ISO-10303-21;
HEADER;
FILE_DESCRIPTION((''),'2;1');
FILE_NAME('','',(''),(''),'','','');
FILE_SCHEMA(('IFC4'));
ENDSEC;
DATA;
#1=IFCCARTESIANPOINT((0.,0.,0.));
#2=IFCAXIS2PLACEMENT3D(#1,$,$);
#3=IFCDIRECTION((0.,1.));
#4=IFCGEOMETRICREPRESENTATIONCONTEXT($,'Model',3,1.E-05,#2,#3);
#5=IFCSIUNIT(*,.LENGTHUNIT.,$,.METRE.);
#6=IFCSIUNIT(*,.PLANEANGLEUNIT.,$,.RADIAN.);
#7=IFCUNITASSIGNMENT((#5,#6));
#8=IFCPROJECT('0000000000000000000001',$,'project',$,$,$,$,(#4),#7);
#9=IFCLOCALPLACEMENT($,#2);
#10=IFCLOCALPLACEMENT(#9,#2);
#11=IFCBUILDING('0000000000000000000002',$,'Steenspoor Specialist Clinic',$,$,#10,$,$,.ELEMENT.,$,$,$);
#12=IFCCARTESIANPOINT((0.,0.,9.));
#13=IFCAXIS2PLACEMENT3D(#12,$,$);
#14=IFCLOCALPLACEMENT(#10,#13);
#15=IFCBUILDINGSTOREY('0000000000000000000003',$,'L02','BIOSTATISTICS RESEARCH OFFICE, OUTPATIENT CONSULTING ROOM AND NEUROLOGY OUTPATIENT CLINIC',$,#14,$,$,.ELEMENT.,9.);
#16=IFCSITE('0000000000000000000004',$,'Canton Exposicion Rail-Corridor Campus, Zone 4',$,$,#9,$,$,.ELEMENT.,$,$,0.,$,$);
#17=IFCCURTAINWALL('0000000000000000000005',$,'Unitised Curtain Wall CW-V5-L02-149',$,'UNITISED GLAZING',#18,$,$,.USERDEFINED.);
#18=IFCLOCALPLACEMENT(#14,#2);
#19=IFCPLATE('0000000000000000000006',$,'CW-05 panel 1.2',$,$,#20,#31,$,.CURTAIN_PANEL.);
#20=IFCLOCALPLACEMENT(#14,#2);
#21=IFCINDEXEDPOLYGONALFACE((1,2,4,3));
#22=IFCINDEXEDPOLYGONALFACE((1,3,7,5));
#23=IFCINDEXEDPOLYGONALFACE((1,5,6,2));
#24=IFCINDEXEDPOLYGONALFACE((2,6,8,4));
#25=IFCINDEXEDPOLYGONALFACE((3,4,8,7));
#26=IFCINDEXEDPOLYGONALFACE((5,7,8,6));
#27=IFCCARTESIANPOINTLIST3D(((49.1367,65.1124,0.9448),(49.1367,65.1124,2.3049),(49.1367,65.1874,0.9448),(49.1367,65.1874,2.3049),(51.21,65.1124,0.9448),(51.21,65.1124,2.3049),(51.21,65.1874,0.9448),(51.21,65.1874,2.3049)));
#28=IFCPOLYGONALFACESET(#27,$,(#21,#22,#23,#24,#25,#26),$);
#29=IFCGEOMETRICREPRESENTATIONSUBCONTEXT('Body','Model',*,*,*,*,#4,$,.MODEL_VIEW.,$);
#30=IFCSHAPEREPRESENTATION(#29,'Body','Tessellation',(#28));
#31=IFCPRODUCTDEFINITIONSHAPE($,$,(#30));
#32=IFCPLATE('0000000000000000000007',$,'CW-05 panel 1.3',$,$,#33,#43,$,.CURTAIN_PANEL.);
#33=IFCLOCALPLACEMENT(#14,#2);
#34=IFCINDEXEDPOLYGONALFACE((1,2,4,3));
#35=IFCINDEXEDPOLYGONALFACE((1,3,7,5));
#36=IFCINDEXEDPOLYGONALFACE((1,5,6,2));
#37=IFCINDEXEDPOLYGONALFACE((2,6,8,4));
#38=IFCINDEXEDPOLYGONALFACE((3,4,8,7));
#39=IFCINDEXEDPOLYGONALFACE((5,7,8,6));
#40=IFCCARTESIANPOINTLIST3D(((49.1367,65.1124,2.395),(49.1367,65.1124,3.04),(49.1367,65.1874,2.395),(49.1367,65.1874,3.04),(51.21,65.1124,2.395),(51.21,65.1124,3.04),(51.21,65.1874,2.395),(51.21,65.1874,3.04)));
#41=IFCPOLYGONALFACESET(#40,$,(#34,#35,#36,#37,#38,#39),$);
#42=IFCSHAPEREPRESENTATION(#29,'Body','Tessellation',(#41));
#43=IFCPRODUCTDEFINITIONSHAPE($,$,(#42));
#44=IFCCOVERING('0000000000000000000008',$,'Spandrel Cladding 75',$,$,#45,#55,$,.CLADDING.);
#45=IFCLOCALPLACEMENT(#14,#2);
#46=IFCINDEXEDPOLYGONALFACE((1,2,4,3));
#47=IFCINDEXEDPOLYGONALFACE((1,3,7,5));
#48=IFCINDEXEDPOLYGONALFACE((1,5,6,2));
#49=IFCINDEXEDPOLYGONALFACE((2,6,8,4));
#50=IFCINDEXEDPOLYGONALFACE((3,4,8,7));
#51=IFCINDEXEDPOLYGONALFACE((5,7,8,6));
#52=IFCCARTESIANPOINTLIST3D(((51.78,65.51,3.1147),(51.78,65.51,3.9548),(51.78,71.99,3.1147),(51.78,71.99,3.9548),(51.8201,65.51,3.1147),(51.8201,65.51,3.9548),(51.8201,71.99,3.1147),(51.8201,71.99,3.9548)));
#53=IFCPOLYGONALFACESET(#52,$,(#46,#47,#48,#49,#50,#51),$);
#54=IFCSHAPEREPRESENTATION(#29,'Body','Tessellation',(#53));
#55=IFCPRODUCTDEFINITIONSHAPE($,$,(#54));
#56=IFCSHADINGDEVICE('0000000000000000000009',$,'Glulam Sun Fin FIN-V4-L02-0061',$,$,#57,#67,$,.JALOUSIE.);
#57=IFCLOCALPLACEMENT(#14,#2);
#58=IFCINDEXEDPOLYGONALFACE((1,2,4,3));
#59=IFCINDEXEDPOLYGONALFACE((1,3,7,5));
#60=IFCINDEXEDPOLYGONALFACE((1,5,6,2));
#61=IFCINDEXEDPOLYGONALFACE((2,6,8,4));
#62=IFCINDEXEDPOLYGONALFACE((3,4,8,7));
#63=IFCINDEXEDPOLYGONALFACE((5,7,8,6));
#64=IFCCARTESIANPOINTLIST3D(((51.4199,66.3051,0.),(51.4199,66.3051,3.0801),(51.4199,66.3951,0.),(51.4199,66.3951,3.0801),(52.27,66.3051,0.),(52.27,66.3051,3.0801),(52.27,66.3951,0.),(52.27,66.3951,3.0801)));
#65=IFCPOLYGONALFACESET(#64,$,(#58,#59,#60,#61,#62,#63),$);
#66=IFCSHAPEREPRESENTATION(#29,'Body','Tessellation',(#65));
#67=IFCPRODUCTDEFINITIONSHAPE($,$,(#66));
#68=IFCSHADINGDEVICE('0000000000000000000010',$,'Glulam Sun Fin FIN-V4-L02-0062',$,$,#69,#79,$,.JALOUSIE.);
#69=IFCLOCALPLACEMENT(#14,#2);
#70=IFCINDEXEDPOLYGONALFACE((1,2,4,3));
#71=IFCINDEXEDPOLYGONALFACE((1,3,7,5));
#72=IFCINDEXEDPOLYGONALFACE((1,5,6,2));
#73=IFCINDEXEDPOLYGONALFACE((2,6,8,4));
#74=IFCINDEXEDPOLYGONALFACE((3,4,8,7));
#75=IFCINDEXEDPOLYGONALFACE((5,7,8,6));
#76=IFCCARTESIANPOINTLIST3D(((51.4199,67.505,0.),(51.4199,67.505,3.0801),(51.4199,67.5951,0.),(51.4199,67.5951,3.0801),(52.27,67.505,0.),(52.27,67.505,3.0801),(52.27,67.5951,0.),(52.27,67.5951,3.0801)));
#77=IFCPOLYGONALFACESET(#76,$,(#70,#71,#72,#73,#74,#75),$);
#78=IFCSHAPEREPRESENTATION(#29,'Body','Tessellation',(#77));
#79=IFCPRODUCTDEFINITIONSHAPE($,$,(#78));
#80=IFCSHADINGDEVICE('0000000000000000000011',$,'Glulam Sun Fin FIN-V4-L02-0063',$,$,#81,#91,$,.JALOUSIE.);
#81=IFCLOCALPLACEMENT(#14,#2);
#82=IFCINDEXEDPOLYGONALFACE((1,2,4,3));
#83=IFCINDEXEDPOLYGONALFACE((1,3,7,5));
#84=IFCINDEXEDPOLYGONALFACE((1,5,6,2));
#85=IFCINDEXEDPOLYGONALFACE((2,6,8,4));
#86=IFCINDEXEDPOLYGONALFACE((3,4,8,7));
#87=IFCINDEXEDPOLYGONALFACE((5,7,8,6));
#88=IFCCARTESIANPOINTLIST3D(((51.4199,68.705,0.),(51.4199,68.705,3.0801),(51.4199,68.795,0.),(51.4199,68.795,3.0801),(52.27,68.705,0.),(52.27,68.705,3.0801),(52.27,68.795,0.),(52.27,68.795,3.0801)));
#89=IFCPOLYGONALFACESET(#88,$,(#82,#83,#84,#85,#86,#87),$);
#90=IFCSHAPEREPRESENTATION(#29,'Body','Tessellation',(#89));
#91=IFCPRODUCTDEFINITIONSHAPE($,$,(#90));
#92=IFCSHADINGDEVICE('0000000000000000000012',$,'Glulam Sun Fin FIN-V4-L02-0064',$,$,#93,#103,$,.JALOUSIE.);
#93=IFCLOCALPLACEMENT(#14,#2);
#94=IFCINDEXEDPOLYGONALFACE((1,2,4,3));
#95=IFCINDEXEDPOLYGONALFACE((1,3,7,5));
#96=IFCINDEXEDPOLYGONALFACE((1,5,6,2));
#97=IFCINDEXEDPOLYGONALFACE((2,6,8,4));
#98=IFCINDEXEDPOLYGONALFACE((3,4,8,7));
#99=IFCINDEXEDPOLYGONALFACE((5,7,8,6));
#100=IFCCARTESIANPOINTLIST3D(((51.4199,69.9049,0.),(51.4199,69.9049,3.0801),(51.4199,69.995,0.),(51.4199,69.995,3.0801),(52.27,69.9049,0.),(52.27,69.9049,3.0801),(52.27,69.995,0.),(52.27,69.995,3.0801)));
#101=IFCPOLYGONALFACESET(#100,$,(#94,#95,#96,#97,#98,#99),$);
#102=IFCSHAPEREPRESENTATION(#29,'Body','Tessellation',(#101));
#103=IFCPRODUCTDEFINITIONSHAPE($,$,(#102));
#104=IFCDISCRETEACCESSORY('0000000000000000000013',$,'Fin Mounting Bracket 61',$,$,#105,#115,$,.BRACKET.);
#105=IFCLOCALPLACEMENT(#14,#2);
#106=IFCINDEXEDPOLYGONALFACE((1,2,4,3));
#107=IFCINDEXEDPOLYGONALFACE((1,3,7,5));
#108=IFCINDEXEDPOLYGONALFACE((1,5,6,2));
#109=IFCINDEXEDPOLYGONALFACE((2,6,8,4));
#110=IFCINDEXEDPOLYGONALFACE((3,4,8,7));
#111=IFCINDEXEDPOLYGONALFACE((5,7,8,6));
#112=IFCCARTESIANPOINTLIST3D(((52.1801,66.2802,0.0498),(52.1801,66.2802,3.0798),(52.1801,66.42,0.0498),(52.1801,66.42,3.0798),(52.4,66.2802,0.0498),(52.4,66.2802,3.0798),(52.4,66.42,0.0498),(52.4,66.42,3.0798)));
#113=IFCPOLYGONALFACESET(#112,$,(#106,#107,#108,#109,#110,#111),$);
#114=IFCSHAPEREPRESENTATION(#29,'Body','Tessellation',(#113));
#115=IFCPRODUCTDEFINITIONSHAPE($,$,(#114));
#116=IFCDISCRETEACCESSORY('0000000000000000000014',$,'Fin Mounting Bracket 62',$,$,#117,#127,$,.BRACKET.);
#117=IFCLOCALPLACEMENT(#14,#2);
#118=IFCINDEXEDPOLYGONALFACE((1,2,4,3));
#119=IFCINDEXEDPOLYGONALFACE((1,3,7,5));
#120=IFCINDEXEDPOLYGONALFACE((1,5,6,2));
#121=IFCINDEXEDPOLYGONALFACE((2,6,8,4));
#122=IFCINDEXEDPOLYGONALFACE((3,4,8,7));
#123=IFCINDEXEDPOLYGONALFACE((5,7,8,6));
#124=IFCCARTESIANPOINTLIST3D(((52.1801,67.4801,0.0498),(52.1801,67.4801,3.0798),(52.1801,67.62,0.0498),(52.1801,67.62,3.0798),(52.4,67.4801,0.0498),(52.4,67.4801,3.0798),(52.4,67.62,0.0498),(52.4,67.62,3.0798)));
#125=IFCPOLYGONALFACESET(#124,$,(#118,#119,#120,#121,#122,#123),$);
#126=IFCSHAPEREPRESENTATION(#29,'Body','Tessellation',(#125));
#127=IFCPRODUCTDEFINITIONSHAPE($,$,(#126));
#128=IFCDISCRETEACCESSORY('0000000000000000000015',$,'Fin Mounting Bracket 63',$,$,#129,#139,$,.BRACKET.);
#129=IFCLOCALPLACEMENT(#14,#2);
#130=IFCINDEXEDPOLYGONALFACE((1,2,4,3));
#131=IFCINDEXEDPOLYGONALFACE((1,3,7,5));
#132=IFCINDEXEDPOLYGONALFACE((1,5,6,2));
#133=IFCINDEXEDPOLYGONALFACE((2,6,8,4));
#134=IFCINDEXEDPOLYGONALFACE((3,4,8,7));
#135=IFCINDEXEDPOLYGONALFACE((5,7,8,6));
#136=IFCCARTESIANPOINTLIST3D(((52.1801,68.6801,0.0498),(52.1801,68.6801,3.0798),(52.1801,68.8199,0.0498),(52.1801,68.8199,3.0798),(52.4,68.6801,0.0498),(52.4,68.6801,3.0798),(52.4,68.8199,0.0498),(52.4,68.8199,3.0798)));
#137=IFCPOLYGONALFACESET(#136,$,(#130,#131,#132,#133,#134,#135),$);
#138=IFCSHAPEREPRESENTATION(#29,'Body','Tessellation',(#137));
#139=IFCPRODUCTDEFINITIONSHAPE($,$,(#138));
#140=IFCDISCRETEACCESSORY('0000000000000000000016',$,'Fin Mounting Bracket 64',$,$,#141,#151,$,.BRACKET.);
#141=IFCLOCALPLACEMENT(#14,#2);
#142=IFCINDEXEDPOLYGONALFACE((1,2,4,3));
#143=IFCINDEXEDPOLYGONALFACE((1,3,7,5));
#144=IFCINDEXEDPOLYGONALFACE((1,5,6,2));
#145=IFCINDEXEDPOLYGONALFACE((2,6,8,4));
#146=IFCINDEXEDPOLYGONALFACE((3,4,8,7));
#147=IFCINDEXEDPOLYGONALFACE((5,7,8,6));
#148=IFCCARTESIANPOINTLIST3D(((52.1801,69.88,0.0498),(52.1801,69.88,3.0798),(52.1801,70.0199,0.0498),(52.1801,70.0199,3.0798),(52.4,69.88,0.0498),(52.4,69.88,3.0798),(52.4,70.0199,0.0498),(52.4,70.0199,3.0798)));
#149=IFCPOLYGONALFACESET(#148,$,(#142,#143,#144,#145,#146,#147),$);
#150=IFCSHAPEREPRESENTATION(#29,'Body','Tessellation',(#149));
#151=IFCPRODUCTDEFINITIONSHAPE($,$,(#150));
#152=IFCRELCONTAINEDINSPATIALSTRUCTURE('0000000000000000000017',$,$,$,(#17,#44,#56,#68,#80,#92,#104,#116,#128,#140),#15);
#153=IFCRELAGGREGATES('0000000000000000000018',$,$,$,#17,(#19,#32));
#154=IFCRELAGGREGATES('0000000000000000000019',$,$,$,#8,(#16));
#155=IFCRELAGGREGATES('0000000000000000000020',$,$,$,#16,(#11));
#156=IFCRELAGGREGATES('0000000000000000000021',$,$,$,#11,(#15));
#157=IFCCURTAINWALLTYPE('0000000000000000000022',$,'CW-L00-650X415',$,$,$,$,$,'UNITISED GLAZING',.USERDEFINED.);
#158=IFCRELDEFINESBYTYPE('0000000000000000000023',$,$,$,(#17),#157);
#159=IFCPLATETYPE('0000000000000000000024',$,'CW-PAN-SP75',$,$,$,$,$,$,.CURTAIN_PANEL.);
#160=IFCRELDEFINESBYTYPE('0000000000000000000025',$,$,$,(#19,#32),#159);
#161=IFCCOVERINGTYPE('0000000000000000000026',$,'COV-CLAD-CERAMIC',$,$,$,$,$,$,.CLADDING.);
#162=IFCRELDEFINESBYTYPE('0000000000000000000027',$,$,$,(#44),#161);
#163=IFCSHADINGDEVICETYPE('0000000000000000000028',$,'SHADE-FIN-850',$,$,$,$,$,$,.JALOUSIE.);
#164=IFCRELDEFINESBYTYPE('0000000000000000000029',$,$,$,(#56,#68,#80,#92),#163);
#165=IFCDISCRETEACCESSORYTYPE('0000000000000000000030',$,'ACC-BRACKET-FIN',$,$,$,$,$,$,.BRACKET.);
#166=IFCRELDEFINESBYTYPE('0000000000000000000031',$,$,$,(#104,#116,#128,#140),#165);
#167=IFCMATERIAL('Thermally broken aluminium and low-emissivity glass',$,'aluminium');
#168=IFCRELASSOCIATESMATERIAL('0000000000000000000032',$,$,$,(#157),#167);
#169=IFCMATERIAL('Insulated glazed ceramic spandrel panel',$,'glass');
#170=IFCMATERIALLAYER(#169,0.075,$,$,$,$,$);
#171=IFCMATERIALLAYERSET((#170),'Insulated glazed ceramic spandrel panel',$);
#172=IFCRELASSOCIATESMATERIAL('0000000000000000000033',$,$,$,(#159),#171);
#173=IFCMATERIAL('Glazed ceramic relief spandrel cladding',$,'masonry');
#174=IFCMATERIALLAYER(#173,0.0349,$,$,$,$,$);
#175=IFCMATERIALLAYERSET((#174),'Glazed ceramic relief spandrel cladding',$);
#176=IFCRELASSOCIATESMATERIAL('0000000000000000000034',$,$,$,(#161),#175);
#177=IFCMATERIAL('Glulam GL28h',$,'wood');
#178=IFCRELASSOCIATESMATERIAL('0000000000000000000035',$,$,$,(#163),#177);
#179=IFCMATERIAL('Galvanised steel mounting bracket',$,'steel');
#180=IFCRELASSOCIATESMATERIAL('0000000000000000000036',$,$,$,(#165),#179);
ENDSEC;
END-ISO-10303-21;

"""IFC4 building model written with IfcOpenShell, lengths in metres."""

from ifc_helpers import new_model, si_unit, direction, frame, origin, origin_2d, place, context, subcontext, project, spatial, rectangle, extrude, material, layer, layer_set, material_profile, profile_set, type_object, element, aggregate, save


model = new_model("IFC4")

# Units and contexts
model_context = context("Model", 3, precision=1e-05, world=origin(), true_north=direction((0.0, 1.0)))
body_context = subcontext(model_context, "Body", "Model", "MODEL_VIEW")
ifc_project = project(units=[si_unit("LENGTHUNIT", "METRE"), si_unit("PLANEANGLEUNIT", "RADIAN")], contexts=[model_context])

# Site, building, storey
site_placement = place(None, origin())
site = spatial("IfcSite", under=ifc_project, at=site_placement, Name="Canton Exposicion Rail-Corridor Campus, Zone 4", CompositionType="ELEMENT", RefElevation=0.0)
building_placement = place(site_placement, origin())
building = spatial("IfcBuilding", under=site, at=building_placement, Name="Steenspoor Specialist Clinic", CompositionType="ELEMENT")
storey_placement = place(building_placement, frame((0.0, 0.0, 9.0)))
storey = spatial("IfcBuildingStorey", under=building, at=storey_placement, Name="L02", Description="BIOSTATISTICS RESEARCH OFFICE, OUTPATIENT CONSULTING ROOM AND NEUROLOGY OUTPATIENT CLINIC", CompositionType="ELEMENT", Elevation=9.0)

# Shared definitions
ifc_material_1 = material(Name="Thermally broken aluminium and low-emissivity glass", Category="aluminium")

# Curtain wall
curtain_wall_type_1 = type_object("IfcCurtainWallType", Name="CW-L00-650X415", ElementType="UNITISED GLAZING", PredefinedType="USERDEFINED", material=ifc_material_1)
curtain_wall_1_placement = place(storey_placement, origin())
curtain_wall_1 = element("IfcCurtainWall", 1, at=curtain_wall_1_placement, inside=storey, type_object=curtain_wall_type_1, Name="Unitised Curtain Wall CW-V5-L02-149", ObjectType="UNITISED GLAZING", PredefinedType="USERDEFINED")

# Plates
ifc_material_2 = material(Name="Insulated glazed ceramic spandrel panel", Category="glass")
ifc_layer_1 = layer(ifc_material_2, 0.075)
ifc_layer_set_1 = layer_set([ifc_layer_1], Name="Insulated glazed ceramic spandrel panel")
plate_type = type_object("IfcPlateType", Name="CW-PAN-SP75", PredefinedType="CURTAIN_PANEL", material=ifc_layer_set_1)
plate_1_placement = place(storey_placement, frame((50.1733, 65.1499, 0.9448), z_axis=(0.0, 0.0, 1.0), x_axis=(-1.0, 0.0, 0.0)))
plate_1 = element("IfcPlate", 2, at=plate_1_placement, type_object=plate_type, Name="CW-05 panel 1.2", PredefinedType="CURTAIN_PANEL", context=body_context, shape_type="SweptSolid", body=[
    extrude(rectangle(XDim=2.0732, YDim=0.075, at=origin_2d()), origin(), (0.0, 0.0, 1.0), 1.3601),
])
plate_2_placement = place(storey_placement, frame((50.1733, 65.1499, 2.395), z_axis=(0.0, 0.0, 1.0), x_axis=(-1.0, 0.0, 0.0)))
plate_2 = element("IfcPlate", 3, at=plate_2_placement, type_object=plate_type, Name="CW-05 panel 1.3", PredefinedType="CURTAIN_PANEL", context=body_context, shape_type="SweptSolid", body=[
    extrude(rectangle(XDim=2.0732, YDim=0.075, at=origin_2d()), origin(), (0.0, 0.0, 1.0), 0.645),
])
aggregate(curtain_wall_1, [plate_1, plate_2])

# Covering
ifc_material_3 = material(Name="Glazed ceramic relief spandrel cladding", Category="masonry")
ifc_layer_2 = layer(ifc_material_3, 0.0349)
ifc_layer_set_2 = layer_set([ifc_layer_2], Name="Glazed ceramic relief spandrel cladding")
covering_type = type_object("IfcCoveringType", Name="COV-CLAD-CERAMIC", PredefinedType="CLADDING", material=ifc_layer_set_2)
covering_placement = place(storey_placement, frame((51.8, 68.75, 3.1147), z_axis=(0.0, 0.0, 1.0), x_axis=(0.0, -1.0, 0.0)))
element("IfcCovering", 4, at=covering_placement, inside=storey, type_object=covering_type, Name="Spandrel Cladding 75", PredefinedType="CLADDING", context=body_context, shape_type="SweptSolid", body=[
    extrude(rectangle(XDim=6.48, YDim=0.04, at=origin_2d()), origin(), (0.0, 0.0, 1.0), 0.8401),
])

# Shading devices
ifc_material_4 = material(Name="Glulam GL28h", Category="wood")
ifc_material_profile_1 = material_profile(ifc_material_4, rectangle(XDim=0.0901, YDim=0.8501, at=origin_2d()), Name="GL28H-90X850")
ifc_profile_set_1 = profile_set([ifc_material_profile_1], Name="Glulam GL28h")
shading_device_type = type_object("IfcShadingDeviceType", Name="SHADE-FIN-850", PredefinedType="JALOUSIE", material=ifc_profile_set_1)
for number, where, z_axis, x_axis, name in (
    (5, (51.845, 66.3501, 0.0), (0.0, 0.0, 1.0), (0.0, 1.0, 0.0), "Glulam Sun Fin FIN-V4-L02-0061"),
    (6, (51.845, 67.55, 0.0), (0.0, 0.0, 1.0), (0.0, 1.0, 0.0), "Glulam Sun Fin FIN-V4-L02-0062"),
    (7, (51.845, 68.75, 0.0), (0.0, 0.0, 1.0), (0.0, 1.0, 0.0), "Glulam Sun Fin FIN-V4-L02-0063"),
    (8, (51.845, 69.95, 0.0), (0.0, 0.0, 1.0), (0.0, 1.0, 0.0), "Glulam Sun Fin FIN-V4-L02-0064"),
):
    element("IfcShadingDevice", number, at=place(storey_placement, frame(where, z_axis=z_axis, x_axis=x_axis)), inside=storey, type_object=shading_device_type, Name=name, PredefinedType="JALOUSIE", context=body_context, shape_type="SweptSolid", body=[
        extrude(rectangle(XDim=0.0901, YDim=0.8501, at=origin_2d()), origin(), (0.0, 0.0, 1.0), 3.0801),
    ])

# Discrete accessories
ifc_material_5 = material(Name="Galvanised steel mounting bracket", Category="steel")
discrete_accessory_type = type_object("IfcDiscreteAccessoryType", Name="ACC-BRACKET-FIN", PredefinedType="BRACKET", material=ifc_material_5)
for number, where, z_axis, x_axis, name in (
    (9, (52.29, 66.3501, 0.0498), (0.0, 0.0, 1.0), (-1.0, 0.0, 0.0), "Fin Mounting Bracket 61"),
    (10, (52.29, 67.55, 0.0498), (0.0, 0.0, 1.0), (-1.0, 0.0, 0.0), "Fin Mounting Bracket 62"),
    (11, (52.29, 68.75, 0.0498), (0.0, 0.0, 1.0), (-1.0, 0.0, 0.0), "Fin Mounting Bracket 63"),
    (12, (52.29, 69.95, 0.0498), (0.0, 0.0, 1.0), (-1.0, 0.0, 0.0), "Fin Mounting Bracket 64"),
):
    element("IfcDiscreteAccessory", number, at=place(storey_placement, frame(where, z_axis=z_axis, x_axis=x_axis)), inside=storey, type_object=discrete_accessory_type, Name=name, PredefinedType="BRACKET", context=body_context, shape_type="SweptSolid", body=[
        extrude(rectangle(XDim=0.22, YDim=0.1399, at=origin_2d()), origin(), (0.0, 0.0, 1.0), 3.03),
    ])

save(model, "model.ifc")
